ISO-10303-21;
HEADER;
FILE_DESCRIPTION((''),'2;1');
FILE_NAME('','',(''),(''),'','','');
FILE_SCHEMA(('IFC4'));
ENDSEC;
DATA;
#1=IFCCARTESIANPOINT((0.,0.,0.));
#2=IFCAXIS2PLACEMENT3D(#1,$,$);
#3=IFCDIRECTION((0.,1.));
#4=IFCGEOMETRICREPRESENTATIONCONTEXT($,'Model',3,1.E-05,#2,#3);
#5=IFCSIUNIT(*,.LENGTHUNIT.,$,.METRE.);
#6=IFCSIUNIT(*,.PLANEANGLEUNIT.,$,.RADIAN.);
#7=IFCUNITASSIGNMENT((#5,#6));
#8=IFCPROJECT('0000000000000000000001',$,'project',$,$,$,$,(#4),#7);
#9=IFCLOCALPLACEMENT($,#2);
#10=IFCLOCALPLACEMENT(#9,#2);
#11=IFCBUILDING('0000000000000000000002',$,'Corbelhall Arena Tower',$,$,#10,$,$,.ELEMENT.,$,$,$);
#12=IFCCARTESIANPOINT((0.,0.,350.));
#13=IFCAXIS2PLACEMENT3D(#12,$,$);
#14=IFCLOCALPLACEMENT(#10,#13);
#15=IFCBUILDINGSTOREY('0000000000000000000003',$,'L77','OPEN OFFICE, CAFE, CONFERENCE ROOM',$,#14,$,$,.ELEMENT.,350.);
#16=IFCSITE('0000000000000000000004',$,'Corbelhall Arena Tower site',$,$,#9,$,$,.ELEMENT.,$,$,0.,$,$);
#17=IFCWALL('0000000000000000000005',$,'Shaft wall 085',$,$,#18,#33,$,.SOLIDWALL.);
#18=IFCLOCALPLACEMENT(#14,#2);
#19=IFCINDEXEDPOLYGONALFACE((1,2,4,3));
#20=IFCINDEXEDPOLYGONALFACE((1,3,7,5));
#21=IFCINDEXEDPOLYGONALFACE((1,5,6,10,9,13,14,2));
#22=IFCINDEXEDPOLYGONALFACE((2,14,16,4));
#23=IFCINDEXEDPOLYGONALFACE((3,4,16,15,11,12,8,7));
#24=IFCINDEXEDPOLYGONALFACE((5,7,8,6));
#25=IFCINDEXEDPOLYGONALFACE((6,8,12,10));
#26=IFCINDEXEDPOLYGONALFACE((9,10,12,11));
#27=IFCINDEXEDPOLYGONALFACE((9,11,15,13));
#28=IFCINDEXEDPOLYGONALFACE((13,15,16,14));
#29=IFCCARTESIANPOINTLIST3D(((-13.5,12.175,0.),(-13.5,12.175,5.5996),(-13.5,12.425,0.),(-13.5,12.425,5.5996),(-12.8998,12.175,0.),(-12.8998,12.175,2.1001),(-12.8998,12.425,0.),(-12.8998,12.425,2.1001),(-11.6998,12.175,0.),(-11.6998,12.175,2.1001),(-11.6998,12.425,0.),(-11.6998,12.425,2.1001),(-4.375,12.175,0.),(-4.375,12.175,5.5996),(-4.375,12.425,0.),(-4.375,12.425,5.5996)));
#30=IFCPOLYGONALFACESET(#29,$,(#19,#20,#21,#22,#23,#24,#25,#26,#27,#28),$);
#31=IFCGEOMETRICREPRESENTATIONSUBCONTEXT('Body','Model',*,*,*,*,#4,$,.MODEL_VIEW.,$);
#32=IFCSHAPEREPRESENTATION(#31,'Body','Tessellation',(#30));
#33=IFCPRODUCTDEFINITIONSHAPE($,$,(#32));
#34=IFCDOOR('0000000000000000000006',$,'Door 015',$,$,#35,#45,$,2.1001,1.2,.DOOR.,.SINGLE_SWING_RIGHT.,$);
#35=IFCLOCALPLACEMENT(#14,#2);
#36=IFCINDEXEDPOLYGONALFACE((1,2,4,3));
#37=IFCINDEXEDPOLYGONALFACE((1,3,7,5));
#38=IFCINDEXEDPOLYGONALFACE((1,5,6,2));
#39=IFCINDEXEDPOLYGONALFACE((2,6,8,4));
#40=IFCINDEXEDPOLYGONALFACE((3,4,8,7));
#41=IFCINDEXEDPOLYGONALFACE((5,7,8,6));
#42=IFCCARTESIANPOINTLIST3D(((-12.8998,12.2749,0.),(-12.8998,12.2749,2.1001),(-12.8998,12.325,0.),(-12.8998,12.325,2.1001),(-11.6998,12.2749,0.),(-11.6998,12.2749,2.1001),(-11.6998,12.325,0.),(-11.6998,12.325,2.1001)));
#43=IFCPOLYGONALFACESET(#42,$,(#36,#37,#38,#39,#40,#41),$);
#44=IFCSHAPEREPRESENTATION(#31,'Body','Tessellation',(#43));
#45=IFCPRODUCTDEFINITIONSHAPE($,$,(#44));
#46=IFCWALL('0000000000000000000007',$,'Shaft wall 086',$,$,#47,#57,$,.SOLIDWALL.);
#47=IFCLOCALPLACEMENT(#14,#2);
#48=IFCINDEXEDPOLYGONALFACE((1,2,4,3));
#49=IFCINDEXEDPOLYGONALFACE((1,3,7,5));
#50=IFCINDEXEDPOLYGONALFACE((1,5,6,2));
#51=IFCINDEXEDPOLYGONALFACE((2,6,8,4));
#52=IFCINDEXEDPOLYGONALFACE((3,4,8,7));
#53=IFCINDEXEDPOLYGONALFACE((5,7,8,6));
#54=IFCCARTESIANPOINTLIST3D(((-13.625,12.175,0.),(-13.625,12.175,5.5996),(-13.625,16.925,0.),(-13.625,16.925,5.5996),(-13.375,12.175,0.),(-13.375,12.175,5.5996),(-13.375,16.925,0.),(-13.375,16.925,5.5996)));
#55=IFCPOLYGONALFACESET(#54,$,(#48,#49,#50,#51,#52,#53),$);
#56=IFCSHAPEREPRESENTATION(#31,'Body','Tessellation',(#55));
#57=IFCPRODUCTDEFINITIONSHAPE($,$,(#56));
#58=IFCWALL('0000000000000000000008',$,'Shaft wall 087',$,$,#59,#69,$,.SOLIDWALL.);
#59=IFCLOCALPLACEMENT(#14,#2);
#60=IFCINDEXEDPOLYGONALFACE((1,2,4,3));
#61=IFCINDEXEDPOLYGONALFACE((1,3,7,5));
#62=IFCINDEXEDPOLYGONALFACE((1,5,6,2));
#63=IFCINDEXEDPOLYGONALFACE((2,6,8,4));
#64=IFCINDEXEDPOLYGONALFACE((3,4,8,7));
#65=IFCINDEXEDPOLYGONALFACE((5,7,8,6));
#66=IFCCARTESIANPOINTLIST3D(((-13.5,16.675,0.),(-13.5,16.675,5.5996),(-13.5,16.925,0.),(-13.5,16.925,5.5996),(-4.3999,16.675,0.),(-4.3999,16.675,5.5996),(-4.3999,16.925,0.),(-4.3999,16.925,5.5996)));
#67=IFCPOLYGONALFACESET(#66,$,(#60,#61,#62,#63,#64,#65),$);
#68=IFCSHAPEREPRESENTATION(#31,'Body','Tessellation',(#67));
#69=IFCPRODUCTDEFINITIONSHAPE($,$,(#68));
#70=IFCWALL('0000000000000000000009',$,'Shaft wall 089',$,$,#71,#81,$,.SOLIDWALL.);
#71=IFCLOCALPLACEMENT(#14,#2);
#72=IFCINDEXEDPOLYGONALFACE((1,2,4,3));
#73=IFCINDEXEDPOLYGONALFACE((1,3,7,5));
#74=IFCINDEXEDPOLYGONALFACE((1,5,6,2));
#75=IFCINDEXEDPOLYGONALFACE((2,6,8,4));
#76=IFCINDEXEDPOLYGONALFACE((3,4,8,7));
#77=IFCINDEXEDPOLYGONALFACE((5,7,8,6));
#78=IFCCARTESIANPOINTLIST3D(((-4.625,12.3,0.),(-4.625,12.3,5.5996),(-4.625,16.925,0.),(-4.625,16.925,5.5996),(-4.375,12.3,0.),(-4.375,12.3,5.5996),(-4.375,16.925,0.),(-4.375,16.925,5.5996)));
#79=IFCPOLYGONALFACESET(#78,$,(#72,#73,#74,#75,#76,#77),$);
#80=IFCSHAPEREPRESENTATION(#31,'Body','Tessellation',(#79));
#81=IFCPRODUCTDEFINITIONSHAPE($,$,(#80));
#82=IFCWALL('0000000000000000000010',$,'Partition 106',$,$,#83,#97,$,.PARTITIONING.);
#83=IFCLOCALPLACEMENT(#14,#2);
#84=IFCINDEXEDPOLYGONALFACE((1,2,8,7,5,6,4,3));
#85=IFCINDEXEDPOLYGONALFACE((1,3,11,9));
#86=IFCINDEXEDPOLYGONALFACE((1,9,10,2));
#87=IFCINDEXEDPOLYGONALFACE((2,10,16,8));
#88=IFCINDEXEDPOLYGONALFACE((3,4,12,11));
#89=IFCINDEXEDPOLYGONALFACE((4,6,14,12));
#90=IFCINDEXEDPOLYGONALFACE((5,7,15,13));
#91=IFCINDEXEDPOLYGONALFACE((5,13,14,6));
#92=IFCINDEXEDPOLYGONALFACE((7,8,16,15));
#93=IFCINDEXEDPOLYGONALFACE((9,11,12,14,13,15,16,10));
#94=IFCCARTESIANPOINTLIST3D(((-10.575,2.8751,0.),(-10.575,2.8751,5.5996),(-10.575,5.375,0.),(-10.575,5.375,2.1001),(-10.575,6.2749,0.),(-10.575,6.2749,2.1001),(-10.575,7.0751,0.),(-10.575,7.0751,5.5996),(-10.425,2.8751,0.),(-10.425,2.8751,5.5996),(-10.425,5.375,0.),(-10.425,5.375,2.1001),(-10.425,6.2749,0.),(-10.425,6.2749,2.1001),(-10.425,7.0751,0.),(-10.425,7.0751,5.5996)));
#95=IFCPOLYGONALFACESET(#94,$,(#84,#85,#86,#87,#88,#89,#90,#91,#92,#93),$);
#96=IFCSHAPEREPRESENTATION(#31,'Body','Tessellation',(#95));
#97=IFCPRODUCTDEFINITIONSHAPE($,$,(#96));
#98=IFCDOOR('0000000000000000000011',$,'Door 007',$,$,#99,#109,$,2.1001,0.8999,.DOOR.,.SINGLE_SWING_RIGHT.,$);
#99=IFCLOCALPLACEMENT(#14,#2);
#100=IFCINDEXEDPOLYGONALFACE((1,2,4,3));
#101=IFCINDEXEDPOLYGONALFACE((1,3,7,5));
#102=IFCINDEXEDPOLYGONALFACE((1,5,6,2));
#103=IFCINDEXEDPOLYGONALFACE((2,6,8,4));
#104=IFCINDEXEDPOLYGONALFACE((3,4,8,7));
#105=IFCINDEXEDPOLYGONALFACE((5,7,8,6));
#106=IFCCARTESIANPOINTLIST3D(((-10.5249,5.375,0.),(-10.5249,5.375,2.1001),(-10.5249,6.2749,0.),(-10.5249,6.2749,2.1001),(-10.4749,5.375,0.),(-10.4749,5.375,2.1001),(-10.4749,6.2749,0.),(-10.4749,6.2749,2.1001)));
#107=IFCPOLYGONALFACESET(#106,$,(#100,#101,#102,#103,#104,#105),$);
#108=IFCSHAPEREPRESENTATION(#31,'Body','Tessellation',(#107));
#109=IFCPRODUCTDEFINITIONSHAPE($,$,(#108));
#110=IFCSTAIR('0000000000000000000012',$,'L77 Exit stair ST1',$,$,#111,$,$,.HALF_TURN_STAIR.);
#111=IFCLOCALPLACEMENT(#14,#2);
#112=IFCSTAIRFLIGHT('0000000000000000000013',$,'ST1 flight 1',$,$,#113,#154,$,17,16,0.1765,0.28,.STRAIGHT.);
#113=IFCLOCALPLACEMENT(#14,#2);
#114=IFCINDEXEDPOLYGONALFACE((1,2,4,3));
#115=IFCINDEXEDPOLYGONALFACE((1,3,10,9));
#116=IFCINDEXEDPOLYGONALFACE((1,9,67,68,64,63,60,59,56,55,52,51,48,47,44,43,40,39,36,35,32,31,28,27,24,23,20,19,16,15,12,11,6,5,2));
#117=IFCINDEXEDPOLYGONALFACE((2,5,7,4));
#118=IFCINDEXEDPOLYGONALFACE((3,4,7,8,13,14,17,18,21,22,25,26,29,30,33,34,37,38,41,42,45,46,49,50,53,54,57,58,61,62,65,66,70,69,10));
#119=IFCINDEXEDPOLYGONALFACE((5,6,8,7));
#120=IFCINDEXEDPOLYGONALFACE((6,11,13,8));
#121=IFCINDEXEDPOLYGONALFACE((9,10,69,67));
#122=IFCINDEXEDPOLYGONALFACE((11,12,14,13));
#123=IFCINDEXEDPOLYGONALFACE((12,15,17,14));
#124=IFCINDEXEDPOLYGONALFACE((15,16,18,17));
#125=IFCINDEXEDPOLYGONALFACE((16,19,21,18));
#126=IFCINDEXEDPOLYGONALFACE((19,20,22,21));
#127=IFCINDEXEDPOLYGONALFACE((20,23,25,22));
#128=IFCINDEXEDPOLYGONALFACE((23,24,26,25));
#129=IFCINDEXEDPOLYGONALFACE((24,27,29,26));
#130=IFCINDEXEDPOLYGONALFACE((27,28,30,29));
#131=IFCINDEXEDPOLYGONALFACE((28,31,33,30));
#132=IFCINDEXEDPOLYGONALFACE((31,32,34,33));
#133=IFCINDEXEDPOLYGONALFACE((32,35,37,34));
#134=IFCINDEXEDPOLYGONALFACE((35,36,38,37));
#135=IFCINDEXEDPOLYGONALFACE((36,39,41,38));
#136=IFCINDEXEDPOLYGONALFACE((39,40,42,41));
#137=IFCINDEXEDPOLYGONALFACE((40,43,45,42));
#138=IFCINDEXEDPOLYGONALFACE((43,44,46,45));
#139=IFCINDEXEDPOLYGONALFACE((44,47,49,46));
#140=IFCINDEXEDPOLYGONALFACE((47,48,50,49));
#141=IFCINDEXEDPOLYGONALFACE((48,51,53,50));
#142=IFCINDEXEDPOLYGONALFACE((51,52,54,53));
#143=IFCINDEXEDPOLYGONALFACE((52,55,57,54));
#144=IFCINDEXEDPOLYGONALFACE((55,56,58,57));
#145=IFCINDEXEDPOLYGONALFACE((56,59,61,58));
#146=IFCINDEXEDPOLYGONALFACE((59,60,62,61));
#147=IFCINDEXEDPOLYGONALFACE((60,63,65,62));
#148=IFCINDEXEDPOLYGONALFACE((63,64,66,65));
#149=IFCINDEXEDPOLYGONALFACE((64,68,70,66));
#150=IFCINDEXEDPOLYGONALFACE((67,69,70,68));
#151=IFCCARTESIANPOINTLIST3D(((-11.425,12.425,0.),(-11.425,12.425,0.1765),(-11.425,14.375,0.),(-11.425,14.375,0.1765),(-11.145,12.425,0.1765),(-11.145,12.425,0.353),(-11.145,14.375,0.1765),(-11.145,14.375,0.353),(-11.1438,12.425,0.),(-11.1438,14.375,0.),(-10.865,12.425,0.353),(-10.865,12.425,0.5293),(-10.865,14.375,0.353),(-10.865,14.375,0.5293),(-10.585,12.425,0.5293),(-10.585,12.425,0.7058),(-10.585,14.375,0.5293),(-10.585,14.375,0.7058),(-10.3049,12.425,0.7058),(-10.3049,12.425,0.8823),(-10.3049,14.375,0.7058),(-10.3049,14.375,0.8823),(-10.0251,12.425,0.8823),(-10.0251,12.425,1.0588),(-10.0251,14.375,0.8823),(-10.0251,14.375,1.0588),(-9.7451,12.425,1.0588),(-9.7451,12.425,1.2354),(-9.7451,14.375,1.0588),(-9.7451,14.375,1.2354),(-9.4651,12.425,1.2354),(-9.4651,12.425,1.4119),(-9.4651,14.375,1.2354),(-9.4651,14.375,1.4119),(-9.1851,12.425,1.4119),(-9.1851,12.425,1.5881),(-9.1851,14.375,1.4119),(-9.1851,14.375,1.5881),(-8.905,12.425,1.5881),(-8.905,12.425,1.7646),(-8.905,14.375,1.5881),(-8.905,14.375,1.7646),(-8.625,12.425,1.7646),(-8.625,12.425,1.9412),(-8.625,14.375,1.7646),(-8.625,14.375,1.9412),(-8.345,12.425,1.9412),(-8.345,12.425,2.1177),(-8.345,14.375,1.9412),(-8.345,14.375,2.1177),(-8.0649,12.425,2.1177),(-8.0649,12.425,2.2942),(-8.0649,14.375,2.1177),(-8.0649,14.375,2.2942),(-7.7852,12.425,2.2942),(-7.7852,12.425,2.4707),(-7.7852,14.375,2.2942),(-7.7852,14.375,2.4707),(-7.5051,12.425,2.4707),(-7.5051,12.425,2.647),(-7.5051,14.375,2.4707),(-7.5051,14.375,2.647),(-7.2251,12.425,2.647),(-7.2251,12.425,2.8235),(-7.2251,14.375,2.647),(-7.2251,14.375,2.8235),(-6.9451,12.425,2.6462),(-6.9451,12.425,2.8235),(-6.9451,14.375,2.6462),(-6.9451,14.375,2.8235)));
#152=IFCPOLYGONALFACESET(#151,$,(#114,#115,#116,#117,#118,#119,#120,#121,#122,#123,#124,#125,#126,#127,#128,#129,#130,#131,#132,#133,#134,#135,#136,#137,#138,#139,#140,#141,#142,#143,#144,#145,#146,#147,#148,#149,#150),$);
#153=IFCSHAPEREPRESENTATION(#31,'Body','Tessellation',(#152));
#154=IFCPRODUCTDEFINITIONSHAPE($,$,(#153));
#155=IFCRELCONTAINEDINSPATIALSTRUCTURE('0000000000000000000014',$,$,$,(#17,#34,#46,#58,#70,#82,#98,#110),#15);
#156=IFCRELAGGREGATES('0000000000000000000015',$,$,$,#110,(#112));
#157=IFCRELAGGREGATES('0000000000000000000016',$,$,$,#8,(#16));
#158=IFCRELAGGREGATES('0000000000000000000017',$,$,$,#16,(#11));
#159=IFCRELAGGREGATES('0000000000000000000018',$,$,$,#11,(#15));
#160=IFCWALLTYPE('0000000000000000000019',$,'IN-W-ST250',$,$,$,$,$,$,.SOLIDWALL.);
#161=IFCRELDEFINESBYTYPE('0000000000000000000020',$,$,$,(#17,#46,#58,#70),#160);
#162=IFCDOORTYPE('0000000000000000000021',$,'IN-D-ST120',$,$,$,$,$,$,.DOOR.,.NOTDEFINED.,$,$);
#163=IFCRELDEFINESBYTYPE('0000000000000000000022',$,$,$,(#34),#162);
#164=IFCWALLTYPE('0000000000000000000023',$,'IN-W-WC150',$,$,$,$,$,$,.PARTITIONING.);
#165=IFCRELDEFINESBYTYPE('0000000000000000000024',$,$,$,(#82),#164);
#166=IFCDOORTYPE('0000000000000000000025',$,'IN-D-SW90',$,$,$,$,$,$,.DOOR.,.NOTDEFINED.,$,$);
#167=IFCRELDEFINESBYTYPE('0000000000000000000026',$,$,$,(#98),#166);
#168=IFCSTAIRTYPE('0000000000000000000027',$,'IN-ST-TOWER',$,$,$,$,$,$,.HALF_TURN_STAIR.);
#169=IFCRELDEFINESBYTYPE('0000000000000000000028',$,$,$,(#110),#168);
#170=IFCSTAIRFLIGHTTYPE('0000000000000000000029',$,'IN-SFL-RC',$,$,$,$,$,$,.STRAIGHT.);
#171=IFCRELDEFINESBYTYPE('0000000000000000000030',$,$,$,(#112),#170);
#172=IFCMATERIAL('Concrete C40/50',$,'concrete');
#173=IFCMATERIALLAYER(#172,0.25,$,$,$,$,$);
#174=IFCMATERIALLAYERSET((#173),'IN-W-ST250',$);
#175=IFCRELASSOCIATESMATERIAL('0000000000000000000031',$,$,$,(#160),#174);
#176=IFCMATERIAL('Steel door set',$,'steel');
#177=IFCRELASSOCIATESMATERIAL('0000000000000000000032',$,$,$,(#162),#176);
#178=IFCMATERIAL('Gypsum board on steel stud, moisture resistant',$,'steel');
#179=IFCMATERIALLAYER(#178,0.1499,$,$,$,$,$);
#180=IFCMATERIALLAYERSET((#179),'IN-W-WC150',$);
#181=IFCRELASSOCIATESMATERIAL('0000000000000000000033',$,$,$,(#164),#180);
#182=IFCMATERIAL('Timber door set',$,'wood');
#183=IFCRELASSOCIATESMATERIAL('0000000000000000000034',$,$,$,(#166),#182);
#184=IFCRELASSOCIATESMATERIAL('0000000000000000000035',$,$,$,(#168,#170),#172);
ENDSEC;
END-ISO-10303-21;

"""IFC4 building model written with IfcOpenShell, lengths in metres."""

from ifc_helpers import new_model, si_unit, direction, frame, frame_2d, origin, place, context, subcontext, project, spatial, polyline, rectangle, outline, extrude, material, layer, layer_set, type_object, element, fill, aggregate, save


model = new_model("IFC4")

# Units and contexts
model_context = context("Model", 3, precision=1e-05, world=origin(), true_north=direction((0.0, 1.0)))
body_context = subcontext(model_context, "Body", "Model", "MODEL_VIEW")
ifc_project = project(units=[si_unit("LENGTHUNIT", "METRE"), si_unit("PLANEANGLEUNIT", "RADIAN")], contexts=[model_context])

# Site, building, storey
site_placement = place(None, origin())
site = spatial("IfcSite", under=ifc_project, at=site_placement, Name="Corbelhall Arena Tower site", CompositionType="ELEMENT", RefElevation=0.0)
building_placement = place(site_placement, origin())
building = spatial("IfcBuilding", under=site, at=building_placement, Name="Corbelhall Arena Tower", CompositionType="ELEMENT")
storey_placement = place(building_placement, frame((0.0, 0.0, 350.0)))
storey = spatial("IfcBuildingStorey", under=building, at=storey_placement, Name="L77", Description="OPEN OFFICE, CAFE, CONFERENCE ROOM", CompositionType="ELEMENT", Elevation=350.0)

# Shared definitions
ifc_material_1 = material(Name="Steel door set", Category="steel")

# Shared definitions
ifc_material_2 = material(Name="Concrete C40/50", Category="concrete")

# Wall, opening, door
ifc_layer_1 = layer(ifc_material_2, 0.25)
ifc_layer_set_1 = layer_set([ifc_layer_1], Name="IN-W-ST250")
wall_type_1 = type_object("IfcWallType", Name="IN-W-ST250", PredefinedType="SOLIDWALL", material=ifc_layer_set_1)
wall_1_placement = place(storey_placement, frame((-13.5, 12.3, 0.0), z_axis=(0.0, 0.0, 1.0), x_axis=(1.0, 0.0, 0.0)))
wall_1 = element("IfcWall", 1, at=wall_1_placement, inside=storey, type_object=wall_type_1, Name="Shaft wall 085", PredefinedType="SOLIDWALL", context=body_context, shape_type="SweptSolid", body=[
    extrude(rectangle(XDim=9.125, YDim=0.25, at=frame_2d((4.5625, 0.0))), origin(), (0.0, 0.0, 1.0), 5.5996),
])
opening_1_placement = place(wall_1_placement, frame((0.6001, 0.0, 0.0)))
opening_1 = element("IfcOpeningElement", 2, at=opening_1_placement, cuts=wall_1, PredefinedType="OPENING", context=body_context, shape_type="SweptSolid", body=[
    extrude(rectangle(XDim=1.2, YDim=2.1001, at=frame_2d((0.6001, 1.05))), frame((0.0, 0.125, 0.0), z_axis=(0.0, -1.0, 0.0), x_axis=(1.0, 0.0, 0.0)), (0.0, 0.0, 1.0), 0.25),
])
door_type_1 = type_object("IfcDoorType", Name="IN-D-ST120", OperationType="NOTDEFINED", PredefinedType="DOOR", material=ifc_material_1)
door_1_placement = place(opening_1_placement, origin())
door_1 = element("IfcDoor", 3, at=door_1_placement, inside=storey, type_object=door_type_1, Name="Door 015", OperationType="SINGLE_SWING_RIGHT", OverallHeight=2.1001, OverallWidth=1.2, PredefinedType="DOOR", context=body_context, shape_type="SweptSolid", body=[
    extrude(rectangle(XDim=1.2, YDim=2.1001, at=frame_2d((0.6001, 1.05))), frame((0.0, 0.0249, 0.0), z_axis=(0.0, -1.0, 0.0), x_axis=(1.0, 0.0, 0.0)), (0.0, 0.0, 1.0), 0.05),
])
fill(opening_1, door_1)

# Walls
wall_2_placement = place(storey_placement, frame((-13.5, 12.175, 0.0), z_axis=(0.0, 0.0, 1.0), x_axis=(0.0, 1.0, 0.0)))
element("IfcWall", 4, at=wall_2_placement, inside=storey, type_object=wall_type_1, Name="Shaft wall 086", PredefinedType="SOLIDWALL", context=body_context, shape_type="SweptSolid", body=[
    extrude(rectangle(XDim=4.75, YDim=0.25, at=frame_2d((2.375, 0.0))), origin(), (0.0, 0.0, 1.0), 5.5996),
])
wall_3_placement = place(storey_placement, frame((-13.5, 16.8, 0.0), z_axis=(0.0, 0.0, 1.0), x_axis=(1.0, 0.0, 0.0)))
element("IfcWall", 5, at=wall_3_placement, inside=storey, type_object=wall_type_1, Name="Shaft wall 087", PredefinedType="SOLIDWALL", context=body_context, shape_type="SweptSolid", body=[
    extrude(rectangle(XDim=9.1001, YDim=0.25, at=frame_2d((4.55, 0.0))), origin(), (0.0, 0.0, 1.0), 5.5996),
])
wall_4_placement = place(storey_placement, frame((-4.5, 16.925, 0.0), z_axis=(0.0, 0.0, 1.0), x_axis=(0.0, -1.0, 0.0)))
element("IfcWall", 6, at=wall_4_placement, inside=storey, type_object=wall_type_1, Name="Shaft wall 089", PredefinedType="SOLIDWALL", context=body_context, shape_type="SweptSolid", body=[
    extrude(rectangle(XDim=4.625, YDim=0.25, at=frame_2d((2.3125, 0.0))), origin(), (0.0, 0.0, 1.0), 5.5996),
])

# Wall, opening, door
ifc_material_3 = material(Name="Gypsum board on steel stud, moisture resistant", Category="steel")
ifc_layer_2 = layer(ifc_material_3, 0.1499)
ifc_layer_set_2 = layer_set([ifc_layer_2], Name="IN-W-WC150")
wall_type_2 = type_object("IfcWallType", Name="IN-W-WC150", PredefinedType="PARTITIONING", material=ifc_layer_set_2)
wall_5_placement = place(storey_placement, frame((-10.5, 2.875, 0.0), z_axis=(0.0, 0.0, 1.0), x_axis=(0.0, 1.0, 0.0)))
wall_5 = element("IfcWall", 7, at=wall_5_placement, inside=storey, type_object=wall_type_2, Name="Partition 106", PredefinedType="PARTITIONING", context=body_context, shape_type="SweptSolid", body=[
    extrude(rectangle(XDim=4.2, YDim=0.1499, at=frame_2d((2.1001, 0.0))), origin(), (0.0, 0.0, 1.0), 5.5996),
])
opening_2_placement = place(wall_5_placement, frame((2.5, 0.0, 0.0)))
opening_2 = element("IfcOpeningElement", 8, at=opening_2_placement, cuts=wall_5, PredefinedType="OPENING", context=body_context, shape_type="SweptSolid", body=[
    extrude(rectangle(XDim=0.8999, YDim=2.1001, at=frame_2d((0.45, 1.05))), frame((0.0, 0.075, 0.0), z_axis=(0.0, -1.0, 0.0), x_axis=(1.0, 0.0, 0.0)), (0.0, 0.0, 1.0), 0.1499),
])
ifc_material_4 = material(Name="Timber door set", Category="wood")
door_type_2 = type_object("IfcDoorType", Name="IN-D-SW90", OperationType="NOTDEFINED", PredefinedType="DOOR", material=ifc_material_4)
door_2_placement = place(opening_2_placement, origin())
door_2 = element("IfcDoor", 9, at=door_2_placement, inside=storey, type_object=door_type_2, Name="Door 007", OperationType="SINGLE_SWING_RIGHT", OverallHeight=2.1001, OverallWidth=0.8999, PredefinedType="DOOR", context=body_context, shape_type="SweptSolid", body=[
    extrude(rectangle(XDim=0.8999, YDim=2.1001, at=frame_2d((0.45, 1.05))), frame((0.0, 0.0249, 0.0), z_axis=(0.0, -1.0, 0.0), x_axis=(1.0, 0.0, 0.0)), (0.0, 0.0, 1.0), 0.05),
])
fill(opening_2, door_2)

# Stair, stair flight
stair_type = type_object("IfcStairType", Name="IN-ST-TOWER", PredefinedType="HALF_TURN_STAIR", material=ifc_material_2)
stair_placement = place(storey_placement, origin())
stair = element("IfcStair", 10, at=stair_placement, inside=storey, type_object=stair_type, Name="L77 Exit stair ST1", PredefinedType="HALF_TURN_STAIR")
stair_flight_type = type_object("IfcStairFlightType", Name="IN-SFL-RC", PredefinedType="STRAIGHT", material=ifc_material_2)
stair_flight_1_placement = place(storey_placement, frame((-11.425, 13.3999, 0.0), z_axis=(0.0, 0.0, 1.0), x_axis=(1.0, 0.0, 0.0)))
stair_flight_1 = element("IfcStairFlight", 11, at=stair_flight_1_placement, type_object=stair_flight_type, Name="ST1 flight 1", NumberOfRisers=17, NumberOfTreads=16, PredefinedType="STRAIGHT", RiserHeight=0.1765, TreadLength=0.28, context=body_context, shape_type="SweptSolid", body=[
    extrude(outline(polyline([(0.0, 0.0), (0.0, 0.1765), (0.28, 0.1765), (0.28, 0.353), (0.5601, 0.353), (0.5601, 0.5293), (0.8401, 0.5293), (0.8401, 0.7058), (1.1201, 0.7058), (1.1201, 0.8823), (1.3999, 0.8823), (1.3999, 1.0588), (1.6799, 1.0588), (1.6799, 1.2354), (1.96, 1.2354), (1.96, 1.4119), (2.24, 1.4119), (2.24, 1.5881), (2.52, 1.5881), (2.52, 1.7646), (2.8, 1.7646), (2.8, 1.9412), (3.0801, 1.9412), (3.0801, 2.1177), (3.3601, 2.1177), (3.3601, 2.2942), (3.6399, 2.2942), (3.6399, 2.4707), (3.9199, 2.4707), (3.9199, 2.647), (4.2, 2.647), (4.2, 2.8235), (4.48, 2.8235), (4.48, 3.0), (4.48, 2.6462), (0.2812, 0.0), (0.0, 0.0)])), frame((0.0, 0.9751, 0.0), z_axis=(0.0, -1.0, 0.0), x_axis=(1.0, 0.0, 0.0)), (0.0, 0.0, 1.0), 1.95),
])
aggregate(stair, [stair_flight_1])

save(model, "model.ifc")
